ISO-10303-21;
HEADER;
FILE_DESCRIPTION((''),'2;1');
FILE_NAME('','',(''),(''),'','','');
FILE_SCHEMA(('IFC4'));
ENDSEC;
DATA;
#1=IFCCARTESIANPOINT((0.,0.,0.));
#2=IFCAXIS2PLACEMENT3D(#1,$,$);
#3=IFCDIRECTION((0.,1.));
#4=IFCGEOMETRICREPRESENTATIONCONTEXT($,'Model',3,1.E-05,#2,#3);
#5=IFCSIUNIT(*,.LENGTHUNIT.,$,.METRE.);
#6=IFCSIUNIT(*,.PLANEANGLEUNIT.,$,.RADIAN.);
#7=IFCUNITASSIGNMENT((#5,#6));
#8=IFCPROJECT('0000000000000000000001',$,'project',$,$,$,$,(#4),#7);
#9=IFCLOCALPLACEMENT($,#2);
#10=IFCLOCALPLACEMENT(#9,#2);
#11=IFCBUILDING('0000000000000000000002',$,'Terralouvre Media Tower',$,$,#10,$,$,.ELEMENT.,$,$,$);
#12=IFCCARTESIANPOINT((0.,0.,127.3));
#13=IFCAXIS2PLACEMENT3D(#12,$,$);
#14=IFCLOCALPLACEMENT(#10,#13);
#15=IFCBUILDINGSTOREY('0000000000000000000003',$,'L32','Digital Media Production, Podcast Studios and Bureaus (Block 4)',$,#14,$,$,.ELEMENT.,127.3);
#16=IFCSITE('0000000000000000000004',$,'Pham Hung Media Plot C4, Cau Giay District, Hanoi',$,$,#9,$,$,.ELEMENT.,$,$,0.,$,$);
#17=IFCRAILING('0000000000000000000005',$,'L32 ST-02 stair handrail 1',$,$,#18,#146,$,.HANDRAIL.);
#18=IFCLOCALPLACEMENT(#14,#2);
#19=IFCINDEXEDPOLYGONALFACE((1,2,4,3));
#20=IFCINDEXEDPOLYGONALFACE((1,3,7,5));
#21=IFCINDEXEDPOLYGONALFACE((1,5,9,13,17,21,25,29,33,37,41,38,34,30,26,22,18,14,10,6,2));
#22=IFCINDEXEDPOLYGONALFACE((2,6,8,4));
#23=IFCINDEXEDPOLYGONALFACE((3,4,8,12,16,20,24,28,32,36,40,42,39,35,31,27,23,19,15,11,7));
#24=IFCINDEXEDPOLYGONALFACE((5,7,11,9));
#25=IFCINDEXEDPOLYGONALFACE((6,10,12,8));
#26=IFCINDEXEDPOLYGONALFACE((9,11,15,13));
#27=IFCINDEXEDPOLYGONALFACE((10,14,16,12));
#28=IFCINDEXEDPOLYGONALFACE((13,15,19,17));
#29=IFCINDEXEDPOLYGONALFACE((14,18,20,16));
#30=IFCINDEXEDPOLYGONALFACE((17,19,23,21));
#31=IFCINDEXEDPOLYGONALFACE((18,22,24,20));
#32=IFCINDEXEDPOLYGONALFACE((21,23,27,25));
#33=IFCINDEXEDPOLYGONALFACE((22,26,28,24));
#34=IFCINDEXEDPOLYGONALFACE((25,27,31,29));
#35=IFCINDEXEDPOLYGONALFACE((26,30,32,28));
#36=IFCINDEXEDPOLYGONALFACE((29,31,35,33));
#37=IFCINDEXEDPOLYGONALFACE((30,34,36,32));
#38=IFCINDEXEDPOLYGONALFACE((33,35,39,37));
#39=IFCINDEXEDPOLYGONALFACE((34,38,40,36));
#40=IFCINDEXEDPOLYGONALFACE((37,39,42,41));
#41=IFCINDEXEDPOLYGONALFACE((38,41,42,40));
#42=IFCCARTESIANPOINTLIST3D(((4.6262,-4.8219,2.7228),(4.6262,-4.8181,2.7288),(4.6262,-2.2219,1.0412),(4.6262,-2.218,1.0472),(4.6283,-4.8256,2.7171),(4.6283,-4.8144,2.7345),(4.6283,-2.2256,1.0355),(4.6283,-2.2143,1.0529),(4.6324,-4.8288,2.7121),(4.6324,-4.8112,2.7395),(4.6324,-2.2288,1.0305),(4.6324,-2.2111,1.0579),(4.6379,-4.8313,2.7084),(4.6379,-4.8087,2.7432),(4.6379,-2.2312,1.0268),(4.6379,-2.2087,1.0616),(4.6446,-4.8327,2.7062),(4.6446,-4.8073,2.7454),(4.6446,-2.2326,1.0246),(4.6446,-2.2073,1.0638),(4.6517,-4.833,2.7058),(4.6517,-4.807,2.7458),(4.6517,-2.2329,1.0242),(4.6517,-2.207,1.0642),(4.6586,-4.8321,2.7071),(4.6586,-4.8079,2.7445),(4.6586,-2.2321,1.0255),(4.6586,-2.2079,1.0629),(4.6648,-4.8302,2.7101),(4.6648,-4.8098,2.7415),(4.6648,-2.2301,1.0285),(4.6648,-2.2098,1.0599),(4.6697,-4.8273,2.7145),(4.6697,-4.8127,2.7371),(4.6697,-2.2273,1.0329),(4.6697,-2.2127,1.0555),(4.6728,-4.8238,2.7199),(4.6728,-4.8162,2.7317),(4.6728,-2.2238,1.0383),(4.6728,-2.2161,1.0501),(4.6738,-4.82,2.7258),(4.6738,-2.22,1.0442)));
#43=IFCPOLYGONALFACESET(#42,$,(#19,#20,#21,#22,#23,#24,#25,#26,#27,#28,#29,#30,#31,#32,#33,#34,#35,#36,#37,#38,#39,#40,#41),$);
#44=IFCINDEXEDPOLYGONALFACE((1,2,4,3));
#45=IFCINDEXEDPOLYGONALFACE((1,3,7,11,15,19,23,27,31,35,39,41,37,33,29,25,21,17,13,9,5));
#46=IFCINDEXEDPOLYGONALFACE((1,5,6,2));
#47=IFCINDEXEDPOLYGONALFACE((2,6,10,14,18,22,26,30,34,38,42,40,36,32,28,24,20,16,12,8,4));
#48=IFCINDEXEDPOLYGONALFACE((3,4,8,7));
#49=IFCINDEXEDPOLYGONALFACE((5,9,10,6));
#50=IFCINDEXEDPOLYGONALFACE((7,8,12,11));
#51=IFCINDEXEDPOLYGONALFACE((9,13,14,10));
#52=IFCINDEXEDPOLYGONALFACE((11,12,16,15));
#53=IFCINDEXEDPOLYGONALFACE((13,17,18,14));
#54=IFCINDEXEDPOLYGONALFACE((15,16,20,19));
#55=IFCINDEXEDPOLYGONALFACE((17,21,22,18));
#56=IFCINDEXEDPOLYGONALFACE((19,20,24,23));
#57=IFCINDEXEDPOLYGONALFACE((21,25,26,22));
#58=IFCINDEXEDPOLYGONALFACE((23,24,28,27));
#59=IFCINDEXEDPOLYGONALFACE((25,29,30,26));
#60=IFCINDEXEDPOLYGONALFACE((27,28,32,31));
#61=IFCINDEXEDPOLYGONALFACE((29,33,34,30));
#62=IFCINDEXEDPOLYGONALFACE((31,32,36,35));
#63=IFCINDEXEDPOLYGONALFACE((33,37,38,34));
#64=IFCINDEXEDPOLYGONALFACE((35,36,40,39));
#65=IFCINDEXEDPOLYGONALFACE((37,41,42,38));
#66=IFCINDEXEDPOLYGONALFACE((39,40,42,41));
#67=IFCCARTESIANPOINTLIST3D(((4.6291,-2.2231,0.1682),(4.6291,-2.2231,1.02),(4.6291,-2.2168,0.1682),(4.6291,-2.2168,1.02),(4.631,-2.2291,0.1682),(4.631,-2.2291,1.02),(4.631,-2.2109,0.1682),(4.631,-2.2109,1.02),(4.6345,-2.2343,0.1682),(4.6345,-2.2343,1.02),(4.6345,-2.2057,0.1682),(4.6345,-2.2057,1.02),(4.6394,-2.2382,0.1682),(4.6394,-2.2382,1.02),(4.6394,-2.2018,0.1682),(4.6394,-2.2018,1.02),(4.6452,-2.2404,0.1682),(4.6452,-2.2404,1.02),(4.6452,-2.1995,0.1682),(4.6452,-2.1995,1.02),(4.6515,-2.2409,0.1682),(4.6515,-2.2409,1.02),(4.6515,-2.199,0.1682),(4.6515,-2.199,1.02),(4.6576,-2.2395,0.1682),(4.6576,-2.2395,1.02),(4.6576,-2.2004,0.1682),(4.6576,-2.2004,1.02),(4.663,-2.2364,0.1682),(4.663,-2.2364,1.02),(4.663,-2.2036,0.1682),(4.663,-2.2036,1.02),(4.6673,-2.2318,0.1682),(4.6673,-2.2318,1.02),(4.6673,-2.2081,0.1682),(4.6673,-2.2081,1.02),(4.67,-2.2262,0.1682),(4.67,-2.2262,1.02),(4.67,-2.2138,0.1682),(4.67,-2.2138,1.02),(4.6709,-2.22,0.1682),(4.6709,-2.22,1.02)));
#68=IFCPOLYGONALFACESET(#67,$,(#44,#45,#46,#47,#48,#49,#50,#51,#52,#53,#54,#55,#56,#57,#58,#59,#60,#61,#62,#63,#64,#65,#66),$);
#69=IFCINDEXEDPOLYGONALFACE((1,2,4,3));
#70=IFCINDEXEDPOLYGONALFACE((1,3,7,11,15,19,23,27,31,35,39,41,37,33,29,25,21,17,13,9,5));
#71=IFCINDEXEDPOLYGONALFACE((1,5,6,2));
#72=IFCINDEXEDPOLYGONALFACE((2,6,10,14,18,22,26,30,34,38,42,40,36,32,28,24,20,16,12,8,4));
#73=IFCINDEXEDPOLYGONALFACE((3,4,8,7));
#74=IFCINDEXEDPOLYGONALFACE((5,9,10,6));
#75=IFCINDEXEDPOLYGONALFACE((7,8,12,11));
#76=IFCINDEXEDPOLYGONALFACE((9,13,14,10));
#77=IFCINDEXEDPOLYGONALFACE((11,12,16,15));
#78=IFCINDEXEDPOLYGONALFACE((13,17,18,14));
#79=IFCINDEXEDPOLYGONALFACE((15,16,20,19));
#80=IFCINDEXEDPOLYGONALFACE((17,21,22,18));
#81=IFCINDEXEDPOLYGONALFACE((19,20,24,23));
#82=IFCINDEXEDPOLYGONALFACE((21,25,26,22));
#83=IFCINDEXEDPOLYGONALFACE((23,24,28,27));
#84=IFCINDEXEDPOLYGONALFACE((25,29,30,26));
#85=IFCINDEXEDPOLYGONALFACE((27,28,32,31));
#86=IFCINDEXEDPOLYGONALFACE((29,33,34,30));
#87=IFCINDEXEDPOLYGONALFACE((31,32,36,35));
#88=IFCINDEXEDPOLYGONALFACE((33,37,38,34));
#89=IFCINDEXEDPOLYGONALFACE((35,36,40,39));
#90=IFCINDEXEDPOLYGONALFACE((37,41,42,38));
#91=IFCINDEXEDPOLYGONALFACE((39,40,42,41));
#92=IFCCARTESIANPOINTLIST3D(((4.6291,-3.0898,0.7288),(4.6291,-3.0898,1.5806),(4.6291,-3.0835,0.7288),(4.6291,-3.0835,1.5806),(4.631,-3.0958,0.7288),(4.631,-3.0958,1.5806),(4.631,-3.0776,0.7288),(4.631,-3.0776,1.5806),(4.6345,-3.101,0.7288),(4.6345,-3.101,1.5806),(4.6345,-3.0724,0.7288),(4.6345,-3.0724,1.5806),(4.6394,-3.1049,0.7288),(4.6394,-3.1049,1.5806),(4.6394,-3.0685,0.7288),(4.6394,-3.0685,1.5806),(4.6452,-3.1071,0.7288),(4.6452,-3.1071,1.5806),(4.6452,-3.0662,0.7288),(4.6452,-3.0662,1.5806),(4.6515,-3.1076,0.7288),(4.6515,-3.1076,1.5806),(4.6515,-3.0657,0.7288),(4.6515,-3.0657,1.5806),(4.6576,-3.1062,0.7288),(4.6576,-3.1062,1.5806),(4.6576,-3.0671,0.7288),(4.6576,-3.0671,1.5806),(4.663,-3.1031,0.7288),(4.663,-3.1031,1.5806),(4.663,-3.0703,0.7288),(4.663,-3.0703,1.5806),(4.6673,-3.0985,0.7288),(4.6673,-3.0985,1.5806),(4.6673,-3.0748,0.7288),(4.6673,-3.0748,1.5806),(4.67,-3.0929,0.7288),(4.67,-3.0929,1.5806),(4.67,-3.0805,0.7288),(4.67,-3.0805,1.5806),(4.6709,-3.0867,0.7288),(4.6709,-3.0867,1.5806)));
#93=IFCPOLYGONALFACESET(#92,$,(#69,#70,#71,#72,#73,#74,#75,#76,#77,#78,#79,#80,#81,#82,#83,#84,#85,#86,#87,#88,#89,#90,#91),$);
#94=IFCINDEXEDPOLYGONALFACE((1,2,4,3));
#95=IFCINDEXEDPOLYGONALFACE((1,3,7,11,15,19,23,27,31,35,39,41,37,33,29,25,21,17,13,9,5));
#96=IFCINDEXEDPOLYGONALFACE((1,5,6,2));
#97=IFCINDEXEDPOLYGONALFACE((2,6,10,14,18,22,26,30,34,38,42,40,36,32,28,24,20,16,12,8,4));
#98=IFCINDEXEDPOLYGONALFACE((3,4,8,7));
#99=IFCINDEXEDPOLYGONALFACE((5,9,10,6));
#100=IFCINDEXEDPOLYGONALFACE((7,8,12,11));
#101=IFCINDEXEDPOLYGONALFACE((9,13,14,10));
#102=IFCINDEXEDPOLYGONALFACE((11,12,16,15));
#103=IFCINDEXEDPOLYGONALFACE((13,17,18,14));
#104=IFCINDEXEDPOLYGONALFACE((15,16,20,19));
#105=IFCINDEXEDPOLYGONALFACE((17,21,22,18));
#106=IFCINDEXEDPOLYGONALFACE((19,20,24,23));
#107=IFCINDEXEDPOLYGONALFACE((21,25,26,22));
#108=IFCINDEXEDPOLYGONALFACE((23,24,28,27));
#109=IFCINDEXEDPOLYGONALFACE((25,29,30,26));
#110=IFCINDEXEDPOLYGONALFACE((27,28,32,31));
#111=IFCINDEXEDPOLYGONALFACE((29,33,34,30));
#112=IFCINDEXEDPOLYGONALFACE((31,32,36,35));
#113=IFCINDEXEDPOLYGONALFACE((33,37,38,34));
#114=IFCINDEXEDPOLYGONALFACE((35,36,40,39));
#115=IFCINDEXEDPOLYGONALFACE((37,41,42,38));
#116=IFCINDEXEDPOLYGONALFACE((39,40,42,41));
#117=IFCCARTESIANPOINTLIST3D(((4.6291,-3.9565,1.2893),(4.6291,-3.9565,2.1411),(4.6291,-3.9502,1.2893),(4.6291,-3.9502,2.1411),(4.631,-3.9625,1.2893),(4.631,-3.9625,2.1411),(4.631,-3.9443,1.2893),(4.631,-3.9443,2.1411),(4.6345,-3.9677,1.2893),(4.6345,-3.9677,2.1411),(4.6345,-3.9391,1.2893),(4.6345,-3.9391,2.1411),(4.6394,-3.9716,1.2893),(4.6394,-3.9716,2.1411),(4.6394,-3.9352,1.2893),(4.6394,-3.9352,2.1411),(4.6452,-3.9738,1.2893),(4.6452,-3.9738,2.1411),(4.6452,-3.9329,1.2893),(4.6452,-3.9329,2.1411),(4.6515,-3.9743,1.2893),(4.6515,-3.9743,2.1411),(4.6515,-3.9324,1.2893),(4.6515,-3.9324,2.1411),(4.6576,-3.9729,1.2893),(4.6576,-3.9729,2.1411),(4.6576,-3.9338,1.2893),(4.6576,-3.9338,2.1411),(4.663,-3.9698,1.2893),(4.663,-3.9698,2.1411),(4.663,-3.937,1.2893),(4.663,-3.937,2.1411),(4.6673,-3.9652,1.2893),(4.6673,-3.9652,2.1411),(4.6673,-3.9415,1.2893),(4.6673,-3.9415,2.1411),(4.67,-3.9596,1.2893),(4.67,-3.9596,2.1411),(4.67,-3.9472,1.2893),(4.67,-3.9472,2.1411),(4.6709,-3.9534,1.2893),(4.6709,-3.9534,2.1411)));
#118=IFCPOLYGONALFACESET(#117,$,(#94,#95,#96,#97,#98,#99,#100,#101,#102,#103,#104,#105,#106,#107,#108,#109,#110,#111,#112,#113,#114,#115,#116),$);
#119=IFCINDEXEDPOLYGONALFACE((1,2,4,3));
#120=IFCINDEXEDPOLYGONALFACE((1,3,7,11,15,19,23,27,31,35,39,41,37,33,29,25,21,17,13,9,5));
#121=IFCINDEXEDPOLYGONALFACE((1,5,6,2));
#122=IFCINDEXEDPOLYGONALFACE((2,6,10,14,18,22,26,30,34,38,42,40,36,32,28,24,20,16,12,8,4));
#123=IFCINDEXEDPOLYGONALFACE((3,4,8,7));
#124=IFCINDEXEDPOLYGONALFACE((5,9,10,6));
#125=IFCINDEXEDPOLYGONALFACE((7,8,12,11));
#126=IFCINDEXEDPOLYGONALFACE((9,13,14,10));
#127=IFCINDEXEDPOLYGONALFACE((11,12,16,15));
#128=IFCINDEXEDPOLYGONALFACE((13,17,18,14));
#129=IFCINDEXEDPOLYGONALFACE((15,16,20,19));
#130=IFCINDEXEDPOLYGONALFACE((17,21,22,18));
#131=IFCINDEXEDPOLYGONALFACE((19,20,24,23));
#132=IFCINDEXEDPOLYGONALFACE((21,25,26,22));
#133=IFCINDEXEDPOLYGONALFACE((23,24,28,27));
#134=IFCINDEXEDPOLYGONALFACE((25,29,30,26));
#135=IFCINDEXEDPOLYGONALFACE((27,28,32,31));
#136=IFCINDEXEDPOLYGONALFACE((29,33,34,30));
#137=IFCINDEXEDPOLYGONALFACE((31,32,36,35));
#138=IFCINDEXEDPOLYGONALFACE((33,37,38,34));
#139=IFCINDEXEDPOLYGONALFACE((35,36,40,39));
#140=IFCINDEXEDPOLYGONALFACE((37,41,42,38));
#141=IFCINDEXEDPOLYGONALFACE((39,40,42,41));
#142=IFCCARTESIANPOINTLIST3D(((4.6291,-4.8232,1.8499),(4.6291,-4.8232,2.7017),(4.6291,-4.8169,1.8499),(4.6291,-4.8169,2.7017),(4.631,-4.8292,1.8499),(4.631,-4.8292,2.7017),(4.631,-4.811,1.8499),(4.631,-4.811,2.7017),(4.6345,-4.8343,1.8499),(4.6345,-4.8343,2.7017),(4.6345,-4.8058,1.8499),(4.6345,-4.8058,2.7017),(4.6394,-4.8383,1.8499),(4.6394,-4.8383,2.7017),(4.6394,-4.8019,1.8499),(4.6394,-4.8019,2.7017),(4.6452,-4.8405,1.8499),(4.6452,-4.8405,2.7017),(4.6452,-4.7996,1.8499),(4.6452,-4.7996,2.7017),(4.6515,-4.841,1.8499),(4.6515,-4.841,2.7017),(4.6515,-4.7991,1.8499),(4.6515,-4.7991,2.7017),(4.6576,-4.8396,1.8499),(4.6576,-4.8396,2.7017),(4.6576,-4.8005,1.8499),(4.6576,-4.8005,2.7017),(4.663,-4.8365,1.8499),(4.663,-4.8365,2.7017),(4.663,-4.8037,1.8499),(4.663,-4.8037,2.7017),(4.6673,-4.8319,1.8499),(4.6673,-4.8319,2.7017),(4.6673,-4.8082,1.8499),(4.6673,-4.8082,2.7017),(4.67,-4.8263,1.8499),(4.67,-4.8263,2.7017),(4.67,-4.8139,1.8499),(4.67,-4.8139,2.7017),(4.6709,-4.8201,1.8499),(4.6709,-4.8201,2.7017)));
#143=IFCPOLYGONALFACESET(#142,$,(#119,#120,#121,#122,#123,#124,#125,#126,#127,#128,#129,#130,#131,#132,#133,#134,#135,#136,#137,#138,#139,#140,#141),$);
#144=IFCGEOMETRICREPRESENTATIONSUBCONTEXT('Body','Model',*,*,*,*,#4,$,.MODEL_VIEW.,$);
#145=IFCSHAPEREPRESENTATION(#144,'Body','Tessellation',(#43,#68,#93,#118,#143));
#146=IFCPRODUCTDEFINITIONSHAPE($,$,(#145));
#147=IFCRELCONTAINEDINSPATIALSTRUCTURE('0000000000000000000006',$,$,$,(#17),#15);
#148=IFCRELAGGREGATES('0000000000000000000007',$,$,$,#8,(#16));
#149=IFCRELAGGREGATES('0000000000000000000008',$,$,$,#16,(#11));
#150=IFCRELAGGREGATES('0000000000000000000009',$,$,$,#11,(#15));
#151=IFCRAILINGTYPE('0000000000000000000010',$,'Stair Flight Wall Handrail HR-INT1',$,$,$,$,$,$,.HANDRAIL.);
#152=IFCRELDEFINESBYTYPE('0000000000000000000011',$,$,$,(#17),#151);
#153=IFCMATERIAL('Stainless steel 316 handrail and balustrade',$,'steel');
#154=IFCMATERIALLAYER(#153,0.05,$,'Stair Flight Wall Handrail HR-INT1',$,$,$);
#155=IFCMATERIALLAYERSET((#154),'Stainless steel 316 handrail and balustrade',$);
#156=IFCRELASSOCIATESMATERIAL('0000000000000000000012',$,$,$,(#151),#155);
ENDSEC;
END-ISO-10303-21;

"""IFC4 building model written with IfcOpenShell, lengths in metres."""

from ifc_helpers import new_model, si_unit, direction, frame, origin, origin_2d, place, context, subcontext, project, spatial, circle, extrude, material, layer, layer_set, type_object, element, save


model = new_model("IFC4")

# Units and contexts
model_context = context("Model", 3, precision=1e-05, world=origin(), true_north=direction((0.0, 1.0)))
body_context = subcontext(model_context, "Body", "Model", "MODEL_VIEW")
ifc_project = project(units=[si_unit("LENGTHUNIT", "METRE"), si_unit("PLANEANGLEUNIT", "RADIAN")], contexts=[model_context])

# Site, building, storey
site_placement = place(None, origin())
site = spatial("IfcSite", under=ifc_project, at=site_placement, Name="Pham Hung Media Plot C4, Cau Giay District, Hanoi", CompositionType="ELEMENT", RefElevation=0.0)
building_placement = place(site_placement, origin())
building = spatial("IfcBuilding", under=site, at=building_placement, Name="Terralouvre Media Tower", CompositionType="ELEMENT")
storey_placement = place(building_placement, frame((0.0, 0.0, 127.3)))
storey = spatial("IfcBuildingStorey", under=building, at=storey_placement, Name="L32", Description="Digital Media Production, Podcast Studios and Bureaus (Block 4)", CompositionType="ELEMENT", Elevation=127.3)

# Railing
ifc_material_1 = material(Name="Stainless steel 316 handrail and balustrade", Category="steel")
ifc_layer_1 = layer(ifc_material_1, 0.05, Name="Stair Flight Wall Handrail HR-INT1")
ifc_layer_set_1 = layer_set([ifc_layer_1], Name="Stainless steel 316 handrail and balustrade")
railing_type_1 = type_object("IfcRailingType", Name="Stair Flight Wall Handrail HR-INT1", PredefinedType="HANDRAIL", material=ifc_layer_set_1)
railing_1_placement = place(storey_placement, frame((4.6499, -2.22, 0.1682)))
element("IfcRailing", 1, at=railing_1_placement, inside=storey, type_object=railing_type_1, Name="L32 ST-02 stair handrail 1", PredefinedType="HANDRAIL", context=body_context, shape_type="SweptSolid", body=[
    extrude(circle(Radius=0.0239, at=origin_2d()), frame((0.0, 0.0, 0.876), z_axis=(0.0, -0.839684, 0.543075), x_axis=(1.0, 0.0, 0.0)), (0.0, 0.0, 1.0), 3.0964),
    extrude(circle(Radius=0.021, at=origin_2d()), origin(), (0.0, 0.0, 1.0), 0.8518),
    extrude(circle(Radius=0.021, at=origin_2d()), frame((0.0, -0.8667, 0.5605)), (0.0, 0.0, 1.0), 0.8518),
    extrude(circle(Radius=0.021, at=origin_2d()), frame((0.0, -1.7334, 1.1211)), (0.0, 0.0, 1.0), 0.8518),
    extrude(circle(Radius=0.021, at=origin_2d()), frame((0.0, -2.6001, 1.6816)), (0.0, 0.0, 1.0), 0.8518),
])

save(model, "model.ifc")
